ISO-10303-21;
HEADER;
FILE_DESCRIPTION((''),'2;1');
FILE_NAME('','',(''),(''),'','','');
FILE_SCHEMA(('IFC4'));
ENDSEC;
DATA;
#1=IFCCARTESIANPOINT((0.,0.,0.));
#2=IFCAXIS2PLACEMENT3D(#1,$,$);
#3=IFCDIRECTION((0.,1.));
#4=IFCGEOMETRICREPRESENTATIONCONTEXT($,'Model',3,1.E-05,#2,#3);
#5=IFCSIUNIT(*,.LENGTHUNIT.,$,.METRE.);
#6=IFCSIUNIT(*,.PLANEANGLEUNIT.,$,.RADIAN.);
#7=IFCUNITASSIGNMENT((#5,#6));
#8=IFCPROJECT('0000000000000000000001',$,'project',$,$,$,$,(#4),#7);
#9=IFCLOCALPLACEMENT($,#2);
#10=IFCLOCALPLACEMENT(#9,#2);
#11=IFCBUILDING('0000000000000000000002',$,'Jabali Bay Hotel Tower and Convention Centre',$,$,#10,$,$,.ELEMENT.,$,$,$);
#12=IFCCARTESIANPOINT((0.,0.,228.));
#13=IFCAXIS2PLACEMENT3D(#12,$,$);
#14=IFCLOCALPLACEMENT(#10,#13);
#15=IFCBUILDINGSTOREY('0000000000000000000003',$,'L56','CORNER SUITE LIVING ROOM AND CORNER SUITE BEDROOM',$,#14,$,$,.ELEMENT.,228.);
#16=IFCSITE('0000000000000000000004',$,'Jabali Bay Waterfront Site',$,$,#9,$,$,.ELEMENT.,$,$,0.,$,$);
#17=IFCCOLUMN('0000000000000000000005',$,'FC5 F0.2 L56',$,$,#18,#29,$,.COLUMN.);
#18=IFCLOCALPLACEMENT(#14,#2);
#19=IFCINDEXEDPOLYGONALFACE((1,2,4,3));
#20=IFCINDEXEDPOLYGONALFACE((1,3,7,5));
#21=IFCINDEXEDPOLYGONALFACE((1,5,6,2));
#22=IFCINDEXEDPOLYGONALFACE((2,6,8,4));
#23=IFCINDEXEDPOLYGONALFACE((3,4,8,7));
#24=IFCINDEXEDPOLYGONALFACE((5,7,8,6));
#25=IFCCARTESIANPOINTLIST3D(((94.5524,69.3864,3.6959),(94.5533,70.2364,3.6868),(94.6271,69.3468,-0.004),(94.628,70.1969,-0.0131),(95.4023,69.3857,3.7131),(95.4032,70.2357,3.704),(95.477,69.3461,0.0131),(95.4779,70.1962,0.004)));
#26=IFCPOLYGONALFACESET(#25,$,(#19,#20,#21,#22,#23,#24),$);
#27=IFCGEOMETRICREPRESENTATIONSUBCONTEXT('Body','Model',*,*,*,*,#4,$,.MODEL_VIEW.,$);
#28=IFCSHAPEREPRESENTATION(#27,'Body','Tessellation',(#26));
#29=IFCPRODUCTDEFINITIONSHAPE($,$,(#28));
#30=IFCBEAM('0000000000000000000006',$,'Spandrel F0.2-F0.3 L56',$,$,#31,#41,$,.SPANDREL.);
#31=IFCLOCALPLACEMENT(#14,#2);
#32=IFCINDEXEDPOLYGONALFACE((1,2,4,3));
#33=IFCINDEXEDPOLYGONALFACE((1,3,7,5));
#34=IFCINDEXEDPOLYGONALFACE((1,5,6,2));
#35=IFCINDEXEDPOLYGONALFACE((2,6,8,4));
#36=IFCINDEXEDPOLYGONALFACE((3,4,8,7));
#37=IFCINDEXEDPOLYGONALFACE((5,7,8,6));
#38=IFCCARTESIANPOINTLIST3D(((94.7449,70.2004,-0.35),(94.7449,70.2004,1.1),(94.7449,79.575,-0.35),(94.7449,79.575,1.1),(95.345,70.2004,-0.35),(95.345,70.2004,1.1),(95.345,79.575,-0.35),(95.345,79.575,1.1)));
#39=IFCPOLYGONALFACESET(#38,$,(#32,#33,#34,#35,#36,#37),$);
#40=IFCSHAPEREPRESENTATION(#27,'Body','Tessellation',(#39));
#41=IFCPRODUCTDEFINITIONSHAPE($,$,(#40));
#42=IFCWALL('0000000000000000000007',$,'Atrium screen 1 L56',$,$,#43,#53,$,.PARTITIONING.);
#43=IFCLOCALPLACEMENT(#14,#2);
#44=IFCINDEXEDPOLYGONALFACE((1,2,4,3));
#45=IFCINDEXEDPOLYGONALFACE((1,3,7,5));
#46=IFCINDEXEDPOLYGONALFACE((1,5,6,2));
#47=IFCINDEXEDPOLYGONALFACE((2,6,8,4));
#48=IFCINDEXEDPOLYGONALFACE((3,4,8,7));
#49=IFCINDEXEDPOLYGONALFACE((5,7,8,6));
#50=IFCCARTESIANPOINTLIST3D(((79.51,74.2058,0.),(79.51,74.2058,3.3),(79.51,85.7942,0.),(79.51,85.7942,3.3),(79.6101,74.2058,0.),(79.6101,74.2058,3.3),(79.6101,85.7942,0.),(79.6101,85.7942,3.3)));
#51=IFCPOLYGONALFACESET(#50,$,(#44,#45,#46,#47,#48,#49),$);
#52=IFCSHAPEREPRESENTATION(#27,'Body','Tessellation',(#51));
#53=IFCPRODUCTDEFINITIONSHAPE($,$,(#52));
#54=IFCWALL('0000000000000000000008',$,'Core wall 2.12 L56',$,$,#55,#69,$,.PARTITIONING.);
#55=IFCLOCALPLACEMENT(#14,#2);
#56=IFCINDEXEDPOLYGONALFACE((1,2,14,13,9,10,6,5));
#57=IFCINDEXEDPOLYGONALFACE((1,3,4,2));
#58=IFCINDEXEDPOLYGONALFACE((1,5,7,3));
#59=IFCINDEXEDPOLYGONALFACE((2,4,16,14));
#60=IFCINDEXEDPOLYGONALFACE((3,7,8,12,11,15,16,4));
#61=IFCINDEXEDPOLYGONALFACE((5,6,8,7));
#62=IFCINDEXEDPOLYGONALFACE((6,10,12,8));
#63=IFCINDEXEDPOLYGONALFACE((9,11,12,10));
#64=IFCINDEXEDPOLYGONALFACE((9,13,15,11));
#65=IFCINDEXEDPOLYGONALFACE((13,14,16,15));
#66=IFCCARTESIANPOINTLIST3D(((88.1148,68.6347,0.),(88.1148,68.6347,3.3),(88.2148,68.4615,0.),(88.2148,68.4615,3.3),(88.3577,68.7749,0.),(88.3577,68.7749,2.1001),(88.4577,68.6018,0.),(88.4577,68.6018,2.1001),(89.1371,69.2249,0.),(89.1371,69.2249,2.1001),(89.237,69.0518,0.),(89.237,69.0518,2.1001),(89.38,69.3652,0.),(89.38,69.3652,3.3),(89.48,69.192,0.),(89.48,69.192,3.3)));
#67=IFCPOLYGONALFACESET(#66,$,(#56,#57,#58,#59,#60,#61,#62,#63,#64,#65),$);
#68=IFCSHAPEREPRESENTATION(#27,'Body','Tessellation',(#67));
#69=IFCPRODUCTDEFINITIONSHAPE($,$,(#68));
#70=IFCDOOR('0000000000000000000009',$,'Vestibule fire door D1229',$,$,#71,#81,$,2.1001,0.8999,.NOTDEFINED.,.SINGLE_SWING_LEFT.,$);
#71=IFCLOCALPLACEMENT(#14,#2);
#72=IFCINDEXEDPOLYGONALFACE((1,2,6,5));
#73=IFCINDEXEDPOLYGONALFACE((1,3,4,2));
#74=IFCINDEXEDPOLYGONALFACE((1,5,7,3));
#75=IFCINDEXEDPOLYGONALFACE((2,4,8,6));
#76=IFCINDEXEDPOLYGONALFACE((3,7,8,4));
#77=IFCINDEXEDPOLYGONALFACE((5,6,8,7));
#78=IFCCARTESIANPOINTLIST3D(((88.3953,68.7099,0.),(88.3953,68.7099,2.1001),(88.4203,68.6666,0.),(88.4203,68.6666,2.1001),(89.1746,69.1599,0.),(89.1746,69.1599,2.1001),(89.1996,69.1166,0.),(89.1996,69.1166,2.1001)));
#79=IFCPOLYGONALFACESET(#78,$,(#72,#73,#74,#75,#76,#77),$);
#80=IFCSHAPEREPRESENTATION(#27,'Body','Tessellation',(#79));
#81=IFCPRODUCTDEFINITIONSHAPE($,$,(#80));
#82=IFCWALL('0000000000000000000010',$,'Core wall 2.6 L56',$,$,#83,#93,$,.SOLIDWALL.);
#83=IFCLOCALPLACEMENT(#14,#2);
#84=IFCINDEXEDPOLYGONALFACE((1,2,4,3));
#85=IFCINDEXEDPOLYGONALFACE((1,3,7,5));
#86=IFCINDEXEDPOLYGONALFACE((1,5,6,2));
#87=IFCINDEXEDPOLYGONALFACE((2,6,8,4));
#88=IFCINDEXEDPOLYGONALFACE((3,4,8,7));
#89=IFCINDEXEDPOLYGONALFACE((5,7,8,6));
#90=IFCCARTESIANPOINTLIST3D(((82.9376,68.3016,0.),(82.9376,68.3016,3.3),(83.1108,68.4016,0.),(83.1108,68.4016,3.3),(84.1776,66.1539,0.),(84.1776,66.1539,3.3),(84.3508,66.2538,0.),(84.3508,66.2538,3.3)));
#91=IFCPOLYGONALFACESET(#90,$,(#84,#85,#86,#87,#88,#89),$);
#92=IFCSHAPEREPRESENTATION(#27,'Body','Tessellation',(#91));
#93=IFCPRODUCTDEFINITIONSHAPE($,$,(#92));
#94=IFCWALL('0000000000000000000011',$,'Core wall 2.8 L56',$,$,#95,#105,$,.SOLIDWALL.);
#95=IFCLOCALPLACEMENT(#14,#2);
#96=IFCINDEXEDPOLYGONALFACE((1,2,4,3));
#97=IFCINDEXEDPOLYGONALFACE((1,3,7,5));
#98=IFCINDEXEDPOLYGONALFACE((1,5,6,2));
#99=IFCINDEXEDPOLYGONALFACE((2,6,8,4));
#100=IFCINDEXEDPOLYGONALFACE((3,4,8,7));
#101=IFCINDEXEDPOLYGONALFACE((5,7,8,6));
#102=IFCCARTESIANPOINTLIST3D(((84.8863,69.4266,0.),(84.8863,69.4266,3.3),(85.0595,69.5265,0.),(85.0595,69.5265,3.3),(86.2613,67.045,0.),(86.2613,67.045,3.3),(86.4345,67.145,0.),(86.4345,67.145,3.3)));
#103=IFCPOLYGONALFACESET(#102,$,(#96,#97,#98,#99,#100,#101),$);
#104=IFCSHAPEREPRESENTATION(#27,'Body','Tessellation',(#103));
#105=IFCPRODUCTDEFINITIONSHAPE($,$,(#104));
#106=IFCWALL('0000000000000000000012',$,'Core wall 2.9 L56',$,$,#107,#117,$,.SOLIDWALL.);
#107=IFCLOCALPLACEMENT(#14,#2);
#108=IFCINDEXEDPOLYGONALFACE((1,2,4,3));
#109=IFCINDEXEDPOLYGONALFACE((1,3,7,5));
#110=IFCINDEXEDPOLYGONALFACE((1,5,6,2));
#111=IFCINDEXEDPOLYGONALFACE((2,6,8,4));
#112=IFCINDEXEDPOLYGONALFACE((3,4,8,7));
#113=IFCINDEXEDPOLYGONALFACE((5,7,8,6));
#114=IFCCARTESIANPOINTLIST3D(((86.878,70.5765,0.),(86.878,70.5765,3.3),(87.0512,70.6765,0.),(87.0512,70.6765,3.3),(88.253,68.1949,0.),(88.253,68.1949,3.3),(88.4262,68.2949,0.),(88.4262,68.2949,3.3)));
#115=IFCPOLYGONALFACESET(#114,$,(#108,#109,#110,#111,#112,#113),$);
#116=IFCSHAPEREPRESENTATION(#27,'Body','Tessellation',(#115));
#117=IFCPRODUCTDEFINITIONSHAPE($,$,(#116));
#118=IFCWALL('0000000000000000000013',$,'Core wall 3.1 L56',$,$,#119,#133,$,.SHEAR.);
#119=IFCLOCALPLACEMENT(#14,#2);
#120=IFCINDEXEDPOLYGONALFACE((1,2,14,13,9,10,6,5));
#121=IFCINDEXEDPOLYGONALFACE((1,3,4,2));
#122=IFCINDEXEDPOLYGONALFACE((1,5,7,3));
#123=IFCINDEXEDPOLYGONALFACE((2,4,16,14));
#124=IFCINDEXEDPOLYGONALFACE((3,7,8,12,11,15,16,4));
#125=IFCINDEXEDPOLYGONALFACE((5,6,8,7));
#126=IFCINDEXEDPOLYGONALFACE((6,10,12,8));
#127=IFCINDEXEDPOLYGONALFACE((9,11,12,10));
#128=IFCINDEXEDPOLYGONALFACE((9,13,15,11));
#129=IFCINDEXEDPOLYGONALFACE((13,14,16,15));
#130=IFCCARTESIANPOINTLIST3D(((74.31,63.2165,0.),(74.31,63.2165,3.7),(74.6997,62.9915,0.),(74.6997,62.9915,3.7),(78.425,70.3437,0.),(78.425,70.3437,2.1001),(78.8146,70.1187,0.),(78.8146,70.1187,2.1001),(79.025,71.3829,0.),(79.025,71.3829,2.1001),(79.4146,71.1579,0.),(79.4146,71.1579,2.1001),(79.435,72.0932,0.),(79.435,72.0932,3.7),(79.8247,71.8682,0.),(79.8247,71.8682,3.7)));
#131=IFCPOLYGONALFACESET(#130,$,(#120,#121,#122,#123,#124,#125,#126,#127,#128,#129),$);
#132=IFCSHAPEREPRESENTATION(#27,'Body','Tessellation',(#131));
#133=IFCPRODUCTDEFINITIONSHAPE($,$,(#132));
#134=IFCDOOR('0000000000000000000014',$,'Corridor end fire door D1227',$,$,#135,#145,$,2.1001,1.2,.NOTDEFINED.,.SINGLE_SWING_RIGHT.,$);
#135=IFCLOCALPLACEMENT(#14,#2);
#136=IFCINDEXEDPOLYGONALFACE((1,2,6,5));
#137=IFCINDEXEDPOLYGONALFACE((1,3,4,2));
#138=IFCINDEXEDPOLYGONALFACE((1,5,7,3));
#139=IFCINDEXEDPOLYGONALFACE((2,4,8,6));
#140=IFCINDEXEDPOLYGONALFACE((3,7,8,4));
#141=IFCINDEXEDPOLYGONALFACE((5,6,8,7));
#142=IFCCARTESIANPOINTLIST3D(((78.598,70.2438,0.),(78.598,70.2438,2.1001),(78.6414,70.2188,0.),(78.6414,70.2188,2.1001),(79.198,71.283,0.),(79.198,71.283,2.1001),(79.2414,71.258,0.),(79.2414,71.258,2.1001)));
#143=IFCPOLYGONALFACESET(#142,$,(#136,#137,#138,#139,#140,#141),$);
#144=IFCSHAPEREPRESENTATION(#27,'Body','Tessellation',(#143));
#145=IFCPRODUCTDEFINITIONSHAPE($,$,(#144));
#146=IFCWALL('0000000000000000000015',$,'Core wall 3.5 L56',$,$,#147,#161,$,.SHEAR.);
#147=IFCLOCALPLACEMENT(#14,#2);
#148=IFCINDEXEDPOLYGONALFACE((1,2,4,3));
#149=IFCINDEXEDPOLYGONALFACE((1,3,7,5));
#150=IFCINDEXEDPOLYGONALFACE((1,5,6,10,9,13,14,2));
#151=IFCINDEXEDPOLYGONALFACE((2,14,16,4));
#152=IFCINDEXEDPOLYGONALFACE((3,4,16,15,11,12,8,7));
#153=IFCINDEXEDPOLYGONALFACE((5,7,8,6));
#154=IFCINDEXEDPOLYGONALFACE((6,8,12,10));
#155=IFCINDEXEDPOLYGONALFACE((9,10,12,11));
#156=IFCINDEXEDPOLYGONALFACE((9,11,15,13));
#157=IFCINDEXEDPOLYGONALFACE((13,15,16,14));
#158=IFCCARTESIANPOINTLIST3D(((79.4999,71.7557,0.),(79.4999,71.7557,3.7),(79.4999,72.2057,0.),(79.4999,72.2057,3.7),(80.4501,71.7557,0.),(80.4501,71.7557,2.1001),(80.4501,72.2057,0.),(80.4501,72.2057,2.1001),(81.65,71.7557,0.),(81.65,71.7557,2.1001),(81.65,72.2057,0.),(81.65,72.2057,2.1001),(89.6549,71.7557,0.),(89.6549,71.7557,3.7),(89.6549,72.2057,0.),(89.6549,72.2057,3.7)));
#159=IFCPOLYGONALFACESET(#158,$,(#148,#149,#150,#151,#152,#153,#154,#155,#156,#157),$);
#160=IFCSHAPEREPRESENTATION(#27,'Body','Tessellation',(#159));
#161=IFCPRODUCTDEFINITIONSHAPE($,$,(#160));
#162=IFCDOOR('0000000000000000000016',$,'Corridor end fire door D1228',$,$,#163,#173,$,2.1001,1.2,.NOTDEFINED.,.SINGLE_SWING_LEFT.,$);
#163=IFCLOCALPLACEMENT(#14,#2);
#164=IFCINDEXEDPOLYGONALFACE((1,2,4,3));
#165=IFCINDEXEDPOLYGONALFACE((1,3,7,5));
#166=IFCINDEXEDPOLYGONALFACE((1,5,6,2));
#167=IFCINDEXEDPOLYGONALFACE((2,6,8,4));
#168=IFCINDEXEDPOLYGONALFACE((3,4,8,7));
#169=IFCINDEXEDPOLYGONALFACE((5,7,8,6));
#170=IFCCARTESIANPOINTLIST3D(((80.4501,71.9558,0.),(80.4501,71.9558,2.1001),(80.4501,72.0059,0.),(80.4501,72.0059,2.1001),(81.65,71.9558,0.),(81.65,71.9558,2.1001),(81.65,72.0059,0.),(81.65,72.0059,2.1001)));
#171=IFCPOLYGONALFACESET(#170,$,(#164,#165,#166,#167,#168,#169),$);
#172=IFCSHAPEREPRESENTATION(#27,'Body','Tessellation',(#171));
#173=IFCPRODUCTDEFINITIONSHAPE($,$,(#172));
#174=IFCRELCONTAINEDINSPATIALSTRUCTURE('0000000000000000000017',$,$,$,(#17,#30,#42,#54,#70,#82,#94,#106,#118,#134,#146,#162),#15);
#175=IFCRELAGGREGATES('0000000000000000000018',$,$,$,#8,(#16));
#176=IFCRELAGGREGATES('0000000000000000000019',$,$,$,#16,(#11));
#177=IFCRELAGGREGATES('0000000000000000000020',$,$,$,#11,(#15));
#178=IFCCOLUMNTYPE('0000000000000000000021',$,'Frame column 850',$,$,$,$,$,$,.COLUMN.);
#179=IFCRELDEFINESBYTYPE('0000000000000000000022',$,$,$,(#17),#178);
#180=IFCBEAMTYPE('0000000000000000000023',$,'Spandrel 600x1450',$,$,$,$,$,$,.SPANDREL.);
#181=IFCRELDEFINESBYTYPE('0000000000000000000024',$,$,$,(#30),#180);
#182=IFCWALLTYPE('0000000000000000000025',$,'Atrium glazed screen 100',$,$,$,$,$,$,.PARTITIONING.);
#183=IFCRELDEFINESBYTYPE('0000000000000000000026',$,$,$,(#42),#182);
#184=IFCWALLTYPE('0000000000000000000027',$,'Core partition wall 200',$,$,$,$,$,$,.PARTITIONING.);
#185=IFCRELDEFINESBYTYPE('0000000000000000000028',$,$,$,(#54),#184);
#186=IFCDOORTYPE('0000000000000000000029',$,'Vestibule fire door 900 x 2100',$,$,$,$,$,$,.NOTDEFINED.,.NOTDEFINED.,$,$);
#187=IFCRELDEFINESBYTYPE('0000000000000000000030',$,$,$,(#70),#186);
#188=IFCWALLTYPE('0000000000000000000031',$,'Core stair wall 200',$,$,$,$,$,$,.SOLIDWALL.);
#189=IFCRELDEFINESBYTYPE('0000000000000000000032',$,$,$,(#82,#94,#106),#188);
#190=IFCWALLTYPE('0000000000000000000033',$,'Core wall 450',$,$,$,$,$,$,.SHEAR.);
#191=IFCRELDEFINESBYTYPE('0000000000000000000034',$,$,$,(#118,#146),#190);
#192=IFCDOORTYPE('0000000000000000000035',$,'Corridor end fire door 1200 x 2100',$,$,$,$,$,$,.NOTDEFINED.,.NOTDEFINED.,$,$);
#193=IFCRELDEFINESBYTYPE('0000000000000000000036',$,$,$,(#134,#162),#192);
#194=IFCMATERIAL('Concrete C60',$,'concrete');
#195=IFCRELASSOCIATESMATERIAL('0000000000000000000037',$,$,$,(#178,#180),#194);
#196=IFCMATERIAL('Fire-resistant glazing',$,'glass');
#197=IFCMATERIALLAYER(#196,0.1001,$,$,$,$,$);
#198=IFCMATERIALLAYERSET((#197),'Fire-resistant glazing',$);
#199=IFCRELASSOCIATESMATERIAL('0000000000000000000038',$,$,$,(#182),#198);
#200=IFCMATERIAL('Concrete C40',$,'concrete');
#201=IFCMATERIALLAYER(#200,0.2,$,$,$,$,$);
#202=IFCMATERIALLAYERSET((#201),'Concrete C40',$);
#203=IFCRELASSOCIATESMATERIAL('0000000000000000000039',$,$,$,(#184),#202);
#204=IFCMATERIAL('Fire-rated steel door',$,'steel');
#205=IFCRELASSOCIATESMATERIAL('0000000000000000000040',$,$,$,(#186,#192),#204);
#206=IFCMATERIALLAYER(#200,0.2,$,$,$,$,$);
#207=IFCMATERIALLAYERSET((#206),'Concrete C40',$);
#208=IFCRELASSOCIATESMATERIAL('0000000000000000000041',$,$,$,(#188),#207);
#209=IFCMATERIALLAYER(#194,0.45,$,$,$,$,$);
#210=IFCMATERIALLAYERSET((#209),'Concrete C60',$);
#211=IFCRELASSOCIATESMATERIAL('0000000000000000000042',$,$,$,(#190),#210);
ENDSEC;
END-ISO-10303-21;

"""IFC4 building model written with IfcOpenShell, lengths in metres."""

from ifc_helpers import new_model, si_unit, direction, frame, frame_2d, origin, origin_2d, place, context, subcontext, project, spatial, rectangle, extrude, material, layer, layer_set, material_profile, profile_set, type_object, element, fill, save


model = new_model("IFC4")

# Units and contexts
model_context = context("Model", 3, precision=1e-05, world=origin(), true_north=direction((0.0, 1.0)))
body_context = subcontext(model_context, "Body", "Model", "MODEL_VIEW")
ifc_project = project(units=[si_unit("LENGTHUNIT", "METRE"), si_unit("PLANEANGLEUNIT", "RADIAN")], contexts=[model_context])

# Site, building, storey
site_placement = place(None, origin())
site = spatial("IfcSite", under=ifc_project, at=site_placement, Name="Jabali Bay Waterfront Site", CompositionType="ELEMENT", RefElevation=0.0)
building_placement = place(site_placement, origin())
building = spatial("IfcBuilding", under=site, at=building_placement, Name="Jabali Bay Hotel Tower and Convention Centre", CompositionType="ELEMENT")
storey_placement = place(building_placement, frame((0.0, 0.0, 228.0)))
storey = spatial("IfcBuildingStorey", under=building, at=storey_placement, Name="L56", Description="CORNER SUITE LIVING ROOM AND CORNER SUITE BEDROOM", CompositionType="ELEMENT", Elevation=228.0)

# Column
ifc_material_1 = material(Name="Concrete C60", Category="concrete")
ifc_material_profile_1 = material_profile(ifc_material_1, rectangle(XDim=0.8501, YDim=0.8501, at=origin_2d()), Name="Frame column 850")
ifc_profile_set_1 = profile_set([ifc_material_profile_1], Name="Concrete C60")
column_type = type_object("IfcColumnType", Name="Frame column 850", PredefinedType="COLUMN", material=ifc_profile_set_1)
column_placement = place(storey_placement, frame((95.0525, 69.7715, 0.0), z_axis=(-0.020186, 0.010687, 0.999739), x_axis=(-0.001023, -0.999943, 0.010668)))
element("IfcColumn", 1, at=column_placement, inside=storey, type_object=column_type, Name="FC5 F0.2 L56", PredefinedType="COLUMN", context=body_context, shape_type="SweptSolid", body=[
    extrude(rectangle(XDim=0.8501, YDim=0.8501, at=origin_2d()), origin(), (0.0, 0.0, 1.0), 3.7009),
])

# Beam
ifc_material_profile_2 = material_profile(ifc_material_1, rectangle(XDim=0.6001, YDim=1.45, at=origin_2d()), Name="Spandrel 600x1450")
ifc_profile_set_2 = profile_set([ifc_material_profile_2], Name="Concrete C60")
beam_type = type_object("IfcBeamType", Name="Spandrel 600x1450", PredefinedType="SPANDREL", material=ifc_profile_set_2)
beam_placement = place(storey_placement, frame((95.0449, 70.2004, 0.375), z_axis=(0.0, 1.0, 0.0), x_axis=(-1.0, 0.0, 0.0)))
element("IfcBeam", 2, at=beam_placement, inside=storey, type_object=beam_type, Name="Spandrel F0.2-F0.3 L56", PredefinedType="SPANDREL", context=body_context, shape_type="SweptSolid", body=[
    extrude(rectangle(XDim=0.6001, YDim=1.45, at=origin_2d()), origin(), (0.0, 0.0, 1.0), 9.3745),
])

# Wall
ifc_material_2 = material(Name="Fire-resistant glazing", Category="glass")
ifc_layer_1 = layer(ifc_material_2, 0.1001)
ifc_layer_set_1 = layer_set([ifc_layer_1], Name="Fire-resistant glazing")
wall_type_1 = type_object("IfcWallType", Name="Atrium glazed screen 100", PredefinedType="PARTITIONING", material=ifc_layer_set_1)
wall_1_placement = place(storey_placement, frame((79.5601, 74.2058, 0.0), z_axis=(0.0, 0.0, 1.0), x_axis=(0.0, 1.0, 0.0)))
element("IfcWall", 3, at=wall_1_placement, inside=storey, type_object=wall_type_1, Name="Atrium screen 1 L56", PredefinedType="PARTITIONING", context=body_context, shape_type="SweptSolid", body=[
    extrude(rectangle(XDim=11.5884, YDim=0.1001, at=frame_2d((5.7942, 0.0))), origin(), (0.0, 0.0, 1.0), 3.3),
])

# Wall, opening, door
ifc_material_3 = material(Name="Concrete C40", Category="concrete")
ifc_layer_2 = layer(ifc_material_3, 0.2)
ifc_layer_set_2 = layer_set([ifc_layer_2], Name="Concrete C40")
wall_type_2 = type_object("IfcWallType", Name="Core partition wall 200", PredefinedType="PARTITIONING", material=ifc_layer_set_2)
wall_2_placement = place(storey_placement, frame((88.1648, 68.5481, 0.0), z_axis=(0.0, 0.0, 1.0), x_axis=(0.866013, 0.500021, 0.0)))
wall_2 = element("IfcWall", 4, at=wall_2_placement, inside=storey, type_object=wall_type_2, Name="Core wall 2.12 L56", PredefinedType="PARTITIONING", context=body_context, shape_type="SweptSolid", body=[
    extrude(rectangle(XDim=1.4609, YDim=0.2, at=frame_2d((0.7305, 0.0))), origin(), (0.0, 0.0, 1.0), 3.3),
])
opening_1_placement = place(wall_2_placement, frame((0.2805, 0.0, 0.0)))
opening_1 = element("IfcOpeningElement", 5, at=opening_1_placement, cuts=wall_2, PredefinedType="OPENING", context=body_context, shape_type="SweptSolid", body=[
    extrude(rectangle(XDim=0.8999, YDim=2.1001, at=frame_2d((0.45, 1.05))), frame((0.0, 0.1104, 0.0), z_axis=(0.0, -1.0, 0.0), x_axis=(1.0, 0.0, 0.0)), (0.0, 0.0, 1.0), 0.2209),
])
ifc_material_4 = material(Name="Fire-rated steel door", Category="steel")
door_type_1 = type_object("IfcDoorType", Name="Vestibule fire door 900 x 2100", OperationType="NOTDEFINED", PredefinedType="NOTDEFINED", material=ifc_material_4)
door_1_placement = place(opening_1_placement, origin())
door_1 = element("IfcDoor", 6, at=door_1_placement, inside=storey, type_object=door_type_1, Name="Vestibule fire door D1229", OperationType="SINGLE_SWING_LEFT", OverallHeight=2.1001, OverallWidth=0.8999, PredefinedType="NOTDEFINED", context=body_context, shape_type="SweptSolid", body=[
    extrude(rectangle(XDim=0.8999, YDim=2.1001, at=frame_2d((0.45, 1.05))), frame((0.0, 0.0249, 0.0), z_axis=(0.0, -1.0, 0.0), x_axis=(1.0, 0.0, 0.0)), (0.0, 0.0, 1.0), 0.05),
])
fill(opening_1, door_1)

# Walls
ifc_layer_3 = layer(ifc_material_3, 0.2)
ifc_layer_set_3 = layer_set([ifc_layer_3], Name="Concrete C40")
wall_type_3 = type_object("IfcWallType", Name="Core stair wall 200", PredefinedType="SOLIDWALL", material=ifc_layer_set_3)
wall_3_placement = place(storey_placement, frame((83.0242, 68.3516, 0.0), z_axis=(0.0, 0.0, 1.0), x_axis=(0.500004, -0.866023, 0.0)))
element("IfcWall", 7, at=wall_3_placement, inside=storey, type_object=wall_type_3, Name="Core wall 2.6 L56", PredefinedType="SOLIDWALL", context=body_context, shape_type="SweptSolid", body=[
    extrude(rectangle(XDim=2.48, YDim=0.2, at=frame_2d((1.24, 0.0))), origin(), (0.0, 0.0, 1.0), 3.3),
])
for number, where, z_axis, x_axis, name in (
    (8, (84.9729, 69.4766, 0.0), (0.0, 0.0, 1.0), (0.499997, -0.866027, 0.0), "Core wall 2.8 L56"),
    (9, (86.9646, 70.6265, 0.0), (0.0, 0.0, 1.0), (0.499997, -0.866027, 0.0), "Core wall 2.9 L56"),
):
    element("IfcWall", number, at=place(storey_placement, frame(where, z_axis=z_axis, x_axis=x_axis)), inside=storey, type_object=wall_type_3, Name=name, PredefinedType="SOLIDWALL", context=body_context, shape_type="SweptSolid", body=[
        extrude(rectangle(XDim=2.75, YDim=0.2, at=frame_2d((1.375, 0.0))), origin(), (0.0, 0.0, 1.0), 3.3),
    ])

# Walls, openings, doors
ifc_layer_4 = layer(ifc_material_1, 0.45)
ifc_layer_set_4 = layer_set([ifc_layer_4], Name="Concrete C60")
wall_type_4 = type_object("IfcWallType", Name="Core wall 450", PredefinedType="SHEAR", material=ifc_layer_set_4)
wall_4_placement = place(storey_placement, frame((79.6299, 71.9807, 0.0), z_axis=(0.0, 0.0, 1.0), x_axis=(-0.500002, -0.866024, 0.0)))
wall_4 = element("IfcWall", 10, at=wall_4_placement, inside=storey, type_object=wall_type_4, Name="Core wall 3.1 L56", PredefinedType="SHEAR", context=body_context, shape_type="SweptSolid", body=[
    extrude(rectangle(XDim=10.25, YDim=0.45, at=frame_2d((5.125, 0.0))), origin(), (0.0, 0.0, 1.0), 3.7),
])
opening_2_placement = place(wall_4_placement, frame((0.8201, 0.0, 0.0)))
opening_2 = element("IfcOpeningElement", 11, at=opening_2_placement, cuts=wall_4, PredefinedType="OPENING", context=body_context, shape_type="SweptSolid", body=[
    extrude(rectangle(XDim=1.2, YDim=2.1001, at=frame_2d((0.6001, 1.05))), frame((0.0, 0.2354, 0.0), z_axis=(0.0, -1.0, 0.0), x_axis=(1.0, 0.0, 0.0)), (0.0, 0.0, 1.0), 0.4709),
])
door_type_2 = type_object("IfcDoorType", Name="Corridor end fire door 1200 x 2100", OperationType="NOTDEFINED", PredefinedType="NOTDEFINED", material=ifc_material_4)
door_2_placement = place(opening_2_placement, origin())
door_2 = element("IfcDoor", 12, at=door_2_placement, inside=storey, type_object=door_type_2, Name="Corridor end fire door D1227", OperationType="SINGLE_SWING_RIGHT", OverallHeight=2.1001, OverallWidth=1.2, PredefinedType="NOTDEFINED", context=body_context, shape_type="SweptSolid", body=[
    extrude(rectangle(XDim=1.2, YDim=2.1001, at=frame_2d((0.6001, 1.05))), frame((0.0, 0.0249, 0.0), z_axis=(0.0, -1.0, 0.0), x_axis=(1.0, 0.0, 0.0)), (0.0, 0.0, 1.0), 0.05),
])
fill(opening_2, door_2)
wall_5_placement = place(storey_placement, frame((89.655, 71.9807, 0.0), z_axis=(0.0, 0.0, 1.0), x_axis=(-1.0, 0.0, 0.0)))
wall_5 = element("IfcWall", 13, at=wall_5_placement, inside=storey, type_object=wall_type_4, Name="Core wall 3.5 L56", PredefinedType="SHEAR", context=body_context, shape_type="SweptSolid", body=[
    extrude(rectangle(XDim=10.155, YDim=0.45, at=frame_2d((5.0776, 0.0))), origin(), (0.0, 0.0, 1.0), 3.7),
])
opening_3_placement = place(wall_5_placement, frame((8.0049, 0.0, 0.0)))
opening_3 = element("IfcOpeningElement", 14, at=opening_3_placement, cuts=wall_5, PredefinedType="OPENING", context=body_context, shape_type="SweptSolid", body=[
    extrude(rectangle(XDim=1.2, YDim=2.1001, at=frame_2d((0.6001, 1.05))), frame((0.0, 0.2354, 0.0), z_axis=(0.0, -1.0, 0.0), x_axis=(1.0, 0.0, 0.0)), (0.0, 0.0, 1.0), 0.4709),
])
door_3_placement = place(opening_3_placement, origin())
door_3 = element("IfcDoor", 15, at=door_3_placement, inside=storey, type_object=door_type_2, Name="Corridor end fire door D1228", OperationType="SINGLE_SWING_LEFT", OverallHeight=2.1001, OverallWidth=1.2, PredefinedType="NOTDEFINED", context=body_context, shape_type="SweptSolid", body=[
    extrude(rectangle(XDim=1.2, YDim=2.1001, at=frame_2d((0.6001, 1.05))), frame((0.0, 0.0249, 0.0), z_axis=(0.0, -1.0, 0.0), x_axis=(1.0, 0.0, 0.0)), (0.0, 0.0, 1.0), 0.05),
])
fill(opening_3, door_3)

save(model, "model.ifc")
